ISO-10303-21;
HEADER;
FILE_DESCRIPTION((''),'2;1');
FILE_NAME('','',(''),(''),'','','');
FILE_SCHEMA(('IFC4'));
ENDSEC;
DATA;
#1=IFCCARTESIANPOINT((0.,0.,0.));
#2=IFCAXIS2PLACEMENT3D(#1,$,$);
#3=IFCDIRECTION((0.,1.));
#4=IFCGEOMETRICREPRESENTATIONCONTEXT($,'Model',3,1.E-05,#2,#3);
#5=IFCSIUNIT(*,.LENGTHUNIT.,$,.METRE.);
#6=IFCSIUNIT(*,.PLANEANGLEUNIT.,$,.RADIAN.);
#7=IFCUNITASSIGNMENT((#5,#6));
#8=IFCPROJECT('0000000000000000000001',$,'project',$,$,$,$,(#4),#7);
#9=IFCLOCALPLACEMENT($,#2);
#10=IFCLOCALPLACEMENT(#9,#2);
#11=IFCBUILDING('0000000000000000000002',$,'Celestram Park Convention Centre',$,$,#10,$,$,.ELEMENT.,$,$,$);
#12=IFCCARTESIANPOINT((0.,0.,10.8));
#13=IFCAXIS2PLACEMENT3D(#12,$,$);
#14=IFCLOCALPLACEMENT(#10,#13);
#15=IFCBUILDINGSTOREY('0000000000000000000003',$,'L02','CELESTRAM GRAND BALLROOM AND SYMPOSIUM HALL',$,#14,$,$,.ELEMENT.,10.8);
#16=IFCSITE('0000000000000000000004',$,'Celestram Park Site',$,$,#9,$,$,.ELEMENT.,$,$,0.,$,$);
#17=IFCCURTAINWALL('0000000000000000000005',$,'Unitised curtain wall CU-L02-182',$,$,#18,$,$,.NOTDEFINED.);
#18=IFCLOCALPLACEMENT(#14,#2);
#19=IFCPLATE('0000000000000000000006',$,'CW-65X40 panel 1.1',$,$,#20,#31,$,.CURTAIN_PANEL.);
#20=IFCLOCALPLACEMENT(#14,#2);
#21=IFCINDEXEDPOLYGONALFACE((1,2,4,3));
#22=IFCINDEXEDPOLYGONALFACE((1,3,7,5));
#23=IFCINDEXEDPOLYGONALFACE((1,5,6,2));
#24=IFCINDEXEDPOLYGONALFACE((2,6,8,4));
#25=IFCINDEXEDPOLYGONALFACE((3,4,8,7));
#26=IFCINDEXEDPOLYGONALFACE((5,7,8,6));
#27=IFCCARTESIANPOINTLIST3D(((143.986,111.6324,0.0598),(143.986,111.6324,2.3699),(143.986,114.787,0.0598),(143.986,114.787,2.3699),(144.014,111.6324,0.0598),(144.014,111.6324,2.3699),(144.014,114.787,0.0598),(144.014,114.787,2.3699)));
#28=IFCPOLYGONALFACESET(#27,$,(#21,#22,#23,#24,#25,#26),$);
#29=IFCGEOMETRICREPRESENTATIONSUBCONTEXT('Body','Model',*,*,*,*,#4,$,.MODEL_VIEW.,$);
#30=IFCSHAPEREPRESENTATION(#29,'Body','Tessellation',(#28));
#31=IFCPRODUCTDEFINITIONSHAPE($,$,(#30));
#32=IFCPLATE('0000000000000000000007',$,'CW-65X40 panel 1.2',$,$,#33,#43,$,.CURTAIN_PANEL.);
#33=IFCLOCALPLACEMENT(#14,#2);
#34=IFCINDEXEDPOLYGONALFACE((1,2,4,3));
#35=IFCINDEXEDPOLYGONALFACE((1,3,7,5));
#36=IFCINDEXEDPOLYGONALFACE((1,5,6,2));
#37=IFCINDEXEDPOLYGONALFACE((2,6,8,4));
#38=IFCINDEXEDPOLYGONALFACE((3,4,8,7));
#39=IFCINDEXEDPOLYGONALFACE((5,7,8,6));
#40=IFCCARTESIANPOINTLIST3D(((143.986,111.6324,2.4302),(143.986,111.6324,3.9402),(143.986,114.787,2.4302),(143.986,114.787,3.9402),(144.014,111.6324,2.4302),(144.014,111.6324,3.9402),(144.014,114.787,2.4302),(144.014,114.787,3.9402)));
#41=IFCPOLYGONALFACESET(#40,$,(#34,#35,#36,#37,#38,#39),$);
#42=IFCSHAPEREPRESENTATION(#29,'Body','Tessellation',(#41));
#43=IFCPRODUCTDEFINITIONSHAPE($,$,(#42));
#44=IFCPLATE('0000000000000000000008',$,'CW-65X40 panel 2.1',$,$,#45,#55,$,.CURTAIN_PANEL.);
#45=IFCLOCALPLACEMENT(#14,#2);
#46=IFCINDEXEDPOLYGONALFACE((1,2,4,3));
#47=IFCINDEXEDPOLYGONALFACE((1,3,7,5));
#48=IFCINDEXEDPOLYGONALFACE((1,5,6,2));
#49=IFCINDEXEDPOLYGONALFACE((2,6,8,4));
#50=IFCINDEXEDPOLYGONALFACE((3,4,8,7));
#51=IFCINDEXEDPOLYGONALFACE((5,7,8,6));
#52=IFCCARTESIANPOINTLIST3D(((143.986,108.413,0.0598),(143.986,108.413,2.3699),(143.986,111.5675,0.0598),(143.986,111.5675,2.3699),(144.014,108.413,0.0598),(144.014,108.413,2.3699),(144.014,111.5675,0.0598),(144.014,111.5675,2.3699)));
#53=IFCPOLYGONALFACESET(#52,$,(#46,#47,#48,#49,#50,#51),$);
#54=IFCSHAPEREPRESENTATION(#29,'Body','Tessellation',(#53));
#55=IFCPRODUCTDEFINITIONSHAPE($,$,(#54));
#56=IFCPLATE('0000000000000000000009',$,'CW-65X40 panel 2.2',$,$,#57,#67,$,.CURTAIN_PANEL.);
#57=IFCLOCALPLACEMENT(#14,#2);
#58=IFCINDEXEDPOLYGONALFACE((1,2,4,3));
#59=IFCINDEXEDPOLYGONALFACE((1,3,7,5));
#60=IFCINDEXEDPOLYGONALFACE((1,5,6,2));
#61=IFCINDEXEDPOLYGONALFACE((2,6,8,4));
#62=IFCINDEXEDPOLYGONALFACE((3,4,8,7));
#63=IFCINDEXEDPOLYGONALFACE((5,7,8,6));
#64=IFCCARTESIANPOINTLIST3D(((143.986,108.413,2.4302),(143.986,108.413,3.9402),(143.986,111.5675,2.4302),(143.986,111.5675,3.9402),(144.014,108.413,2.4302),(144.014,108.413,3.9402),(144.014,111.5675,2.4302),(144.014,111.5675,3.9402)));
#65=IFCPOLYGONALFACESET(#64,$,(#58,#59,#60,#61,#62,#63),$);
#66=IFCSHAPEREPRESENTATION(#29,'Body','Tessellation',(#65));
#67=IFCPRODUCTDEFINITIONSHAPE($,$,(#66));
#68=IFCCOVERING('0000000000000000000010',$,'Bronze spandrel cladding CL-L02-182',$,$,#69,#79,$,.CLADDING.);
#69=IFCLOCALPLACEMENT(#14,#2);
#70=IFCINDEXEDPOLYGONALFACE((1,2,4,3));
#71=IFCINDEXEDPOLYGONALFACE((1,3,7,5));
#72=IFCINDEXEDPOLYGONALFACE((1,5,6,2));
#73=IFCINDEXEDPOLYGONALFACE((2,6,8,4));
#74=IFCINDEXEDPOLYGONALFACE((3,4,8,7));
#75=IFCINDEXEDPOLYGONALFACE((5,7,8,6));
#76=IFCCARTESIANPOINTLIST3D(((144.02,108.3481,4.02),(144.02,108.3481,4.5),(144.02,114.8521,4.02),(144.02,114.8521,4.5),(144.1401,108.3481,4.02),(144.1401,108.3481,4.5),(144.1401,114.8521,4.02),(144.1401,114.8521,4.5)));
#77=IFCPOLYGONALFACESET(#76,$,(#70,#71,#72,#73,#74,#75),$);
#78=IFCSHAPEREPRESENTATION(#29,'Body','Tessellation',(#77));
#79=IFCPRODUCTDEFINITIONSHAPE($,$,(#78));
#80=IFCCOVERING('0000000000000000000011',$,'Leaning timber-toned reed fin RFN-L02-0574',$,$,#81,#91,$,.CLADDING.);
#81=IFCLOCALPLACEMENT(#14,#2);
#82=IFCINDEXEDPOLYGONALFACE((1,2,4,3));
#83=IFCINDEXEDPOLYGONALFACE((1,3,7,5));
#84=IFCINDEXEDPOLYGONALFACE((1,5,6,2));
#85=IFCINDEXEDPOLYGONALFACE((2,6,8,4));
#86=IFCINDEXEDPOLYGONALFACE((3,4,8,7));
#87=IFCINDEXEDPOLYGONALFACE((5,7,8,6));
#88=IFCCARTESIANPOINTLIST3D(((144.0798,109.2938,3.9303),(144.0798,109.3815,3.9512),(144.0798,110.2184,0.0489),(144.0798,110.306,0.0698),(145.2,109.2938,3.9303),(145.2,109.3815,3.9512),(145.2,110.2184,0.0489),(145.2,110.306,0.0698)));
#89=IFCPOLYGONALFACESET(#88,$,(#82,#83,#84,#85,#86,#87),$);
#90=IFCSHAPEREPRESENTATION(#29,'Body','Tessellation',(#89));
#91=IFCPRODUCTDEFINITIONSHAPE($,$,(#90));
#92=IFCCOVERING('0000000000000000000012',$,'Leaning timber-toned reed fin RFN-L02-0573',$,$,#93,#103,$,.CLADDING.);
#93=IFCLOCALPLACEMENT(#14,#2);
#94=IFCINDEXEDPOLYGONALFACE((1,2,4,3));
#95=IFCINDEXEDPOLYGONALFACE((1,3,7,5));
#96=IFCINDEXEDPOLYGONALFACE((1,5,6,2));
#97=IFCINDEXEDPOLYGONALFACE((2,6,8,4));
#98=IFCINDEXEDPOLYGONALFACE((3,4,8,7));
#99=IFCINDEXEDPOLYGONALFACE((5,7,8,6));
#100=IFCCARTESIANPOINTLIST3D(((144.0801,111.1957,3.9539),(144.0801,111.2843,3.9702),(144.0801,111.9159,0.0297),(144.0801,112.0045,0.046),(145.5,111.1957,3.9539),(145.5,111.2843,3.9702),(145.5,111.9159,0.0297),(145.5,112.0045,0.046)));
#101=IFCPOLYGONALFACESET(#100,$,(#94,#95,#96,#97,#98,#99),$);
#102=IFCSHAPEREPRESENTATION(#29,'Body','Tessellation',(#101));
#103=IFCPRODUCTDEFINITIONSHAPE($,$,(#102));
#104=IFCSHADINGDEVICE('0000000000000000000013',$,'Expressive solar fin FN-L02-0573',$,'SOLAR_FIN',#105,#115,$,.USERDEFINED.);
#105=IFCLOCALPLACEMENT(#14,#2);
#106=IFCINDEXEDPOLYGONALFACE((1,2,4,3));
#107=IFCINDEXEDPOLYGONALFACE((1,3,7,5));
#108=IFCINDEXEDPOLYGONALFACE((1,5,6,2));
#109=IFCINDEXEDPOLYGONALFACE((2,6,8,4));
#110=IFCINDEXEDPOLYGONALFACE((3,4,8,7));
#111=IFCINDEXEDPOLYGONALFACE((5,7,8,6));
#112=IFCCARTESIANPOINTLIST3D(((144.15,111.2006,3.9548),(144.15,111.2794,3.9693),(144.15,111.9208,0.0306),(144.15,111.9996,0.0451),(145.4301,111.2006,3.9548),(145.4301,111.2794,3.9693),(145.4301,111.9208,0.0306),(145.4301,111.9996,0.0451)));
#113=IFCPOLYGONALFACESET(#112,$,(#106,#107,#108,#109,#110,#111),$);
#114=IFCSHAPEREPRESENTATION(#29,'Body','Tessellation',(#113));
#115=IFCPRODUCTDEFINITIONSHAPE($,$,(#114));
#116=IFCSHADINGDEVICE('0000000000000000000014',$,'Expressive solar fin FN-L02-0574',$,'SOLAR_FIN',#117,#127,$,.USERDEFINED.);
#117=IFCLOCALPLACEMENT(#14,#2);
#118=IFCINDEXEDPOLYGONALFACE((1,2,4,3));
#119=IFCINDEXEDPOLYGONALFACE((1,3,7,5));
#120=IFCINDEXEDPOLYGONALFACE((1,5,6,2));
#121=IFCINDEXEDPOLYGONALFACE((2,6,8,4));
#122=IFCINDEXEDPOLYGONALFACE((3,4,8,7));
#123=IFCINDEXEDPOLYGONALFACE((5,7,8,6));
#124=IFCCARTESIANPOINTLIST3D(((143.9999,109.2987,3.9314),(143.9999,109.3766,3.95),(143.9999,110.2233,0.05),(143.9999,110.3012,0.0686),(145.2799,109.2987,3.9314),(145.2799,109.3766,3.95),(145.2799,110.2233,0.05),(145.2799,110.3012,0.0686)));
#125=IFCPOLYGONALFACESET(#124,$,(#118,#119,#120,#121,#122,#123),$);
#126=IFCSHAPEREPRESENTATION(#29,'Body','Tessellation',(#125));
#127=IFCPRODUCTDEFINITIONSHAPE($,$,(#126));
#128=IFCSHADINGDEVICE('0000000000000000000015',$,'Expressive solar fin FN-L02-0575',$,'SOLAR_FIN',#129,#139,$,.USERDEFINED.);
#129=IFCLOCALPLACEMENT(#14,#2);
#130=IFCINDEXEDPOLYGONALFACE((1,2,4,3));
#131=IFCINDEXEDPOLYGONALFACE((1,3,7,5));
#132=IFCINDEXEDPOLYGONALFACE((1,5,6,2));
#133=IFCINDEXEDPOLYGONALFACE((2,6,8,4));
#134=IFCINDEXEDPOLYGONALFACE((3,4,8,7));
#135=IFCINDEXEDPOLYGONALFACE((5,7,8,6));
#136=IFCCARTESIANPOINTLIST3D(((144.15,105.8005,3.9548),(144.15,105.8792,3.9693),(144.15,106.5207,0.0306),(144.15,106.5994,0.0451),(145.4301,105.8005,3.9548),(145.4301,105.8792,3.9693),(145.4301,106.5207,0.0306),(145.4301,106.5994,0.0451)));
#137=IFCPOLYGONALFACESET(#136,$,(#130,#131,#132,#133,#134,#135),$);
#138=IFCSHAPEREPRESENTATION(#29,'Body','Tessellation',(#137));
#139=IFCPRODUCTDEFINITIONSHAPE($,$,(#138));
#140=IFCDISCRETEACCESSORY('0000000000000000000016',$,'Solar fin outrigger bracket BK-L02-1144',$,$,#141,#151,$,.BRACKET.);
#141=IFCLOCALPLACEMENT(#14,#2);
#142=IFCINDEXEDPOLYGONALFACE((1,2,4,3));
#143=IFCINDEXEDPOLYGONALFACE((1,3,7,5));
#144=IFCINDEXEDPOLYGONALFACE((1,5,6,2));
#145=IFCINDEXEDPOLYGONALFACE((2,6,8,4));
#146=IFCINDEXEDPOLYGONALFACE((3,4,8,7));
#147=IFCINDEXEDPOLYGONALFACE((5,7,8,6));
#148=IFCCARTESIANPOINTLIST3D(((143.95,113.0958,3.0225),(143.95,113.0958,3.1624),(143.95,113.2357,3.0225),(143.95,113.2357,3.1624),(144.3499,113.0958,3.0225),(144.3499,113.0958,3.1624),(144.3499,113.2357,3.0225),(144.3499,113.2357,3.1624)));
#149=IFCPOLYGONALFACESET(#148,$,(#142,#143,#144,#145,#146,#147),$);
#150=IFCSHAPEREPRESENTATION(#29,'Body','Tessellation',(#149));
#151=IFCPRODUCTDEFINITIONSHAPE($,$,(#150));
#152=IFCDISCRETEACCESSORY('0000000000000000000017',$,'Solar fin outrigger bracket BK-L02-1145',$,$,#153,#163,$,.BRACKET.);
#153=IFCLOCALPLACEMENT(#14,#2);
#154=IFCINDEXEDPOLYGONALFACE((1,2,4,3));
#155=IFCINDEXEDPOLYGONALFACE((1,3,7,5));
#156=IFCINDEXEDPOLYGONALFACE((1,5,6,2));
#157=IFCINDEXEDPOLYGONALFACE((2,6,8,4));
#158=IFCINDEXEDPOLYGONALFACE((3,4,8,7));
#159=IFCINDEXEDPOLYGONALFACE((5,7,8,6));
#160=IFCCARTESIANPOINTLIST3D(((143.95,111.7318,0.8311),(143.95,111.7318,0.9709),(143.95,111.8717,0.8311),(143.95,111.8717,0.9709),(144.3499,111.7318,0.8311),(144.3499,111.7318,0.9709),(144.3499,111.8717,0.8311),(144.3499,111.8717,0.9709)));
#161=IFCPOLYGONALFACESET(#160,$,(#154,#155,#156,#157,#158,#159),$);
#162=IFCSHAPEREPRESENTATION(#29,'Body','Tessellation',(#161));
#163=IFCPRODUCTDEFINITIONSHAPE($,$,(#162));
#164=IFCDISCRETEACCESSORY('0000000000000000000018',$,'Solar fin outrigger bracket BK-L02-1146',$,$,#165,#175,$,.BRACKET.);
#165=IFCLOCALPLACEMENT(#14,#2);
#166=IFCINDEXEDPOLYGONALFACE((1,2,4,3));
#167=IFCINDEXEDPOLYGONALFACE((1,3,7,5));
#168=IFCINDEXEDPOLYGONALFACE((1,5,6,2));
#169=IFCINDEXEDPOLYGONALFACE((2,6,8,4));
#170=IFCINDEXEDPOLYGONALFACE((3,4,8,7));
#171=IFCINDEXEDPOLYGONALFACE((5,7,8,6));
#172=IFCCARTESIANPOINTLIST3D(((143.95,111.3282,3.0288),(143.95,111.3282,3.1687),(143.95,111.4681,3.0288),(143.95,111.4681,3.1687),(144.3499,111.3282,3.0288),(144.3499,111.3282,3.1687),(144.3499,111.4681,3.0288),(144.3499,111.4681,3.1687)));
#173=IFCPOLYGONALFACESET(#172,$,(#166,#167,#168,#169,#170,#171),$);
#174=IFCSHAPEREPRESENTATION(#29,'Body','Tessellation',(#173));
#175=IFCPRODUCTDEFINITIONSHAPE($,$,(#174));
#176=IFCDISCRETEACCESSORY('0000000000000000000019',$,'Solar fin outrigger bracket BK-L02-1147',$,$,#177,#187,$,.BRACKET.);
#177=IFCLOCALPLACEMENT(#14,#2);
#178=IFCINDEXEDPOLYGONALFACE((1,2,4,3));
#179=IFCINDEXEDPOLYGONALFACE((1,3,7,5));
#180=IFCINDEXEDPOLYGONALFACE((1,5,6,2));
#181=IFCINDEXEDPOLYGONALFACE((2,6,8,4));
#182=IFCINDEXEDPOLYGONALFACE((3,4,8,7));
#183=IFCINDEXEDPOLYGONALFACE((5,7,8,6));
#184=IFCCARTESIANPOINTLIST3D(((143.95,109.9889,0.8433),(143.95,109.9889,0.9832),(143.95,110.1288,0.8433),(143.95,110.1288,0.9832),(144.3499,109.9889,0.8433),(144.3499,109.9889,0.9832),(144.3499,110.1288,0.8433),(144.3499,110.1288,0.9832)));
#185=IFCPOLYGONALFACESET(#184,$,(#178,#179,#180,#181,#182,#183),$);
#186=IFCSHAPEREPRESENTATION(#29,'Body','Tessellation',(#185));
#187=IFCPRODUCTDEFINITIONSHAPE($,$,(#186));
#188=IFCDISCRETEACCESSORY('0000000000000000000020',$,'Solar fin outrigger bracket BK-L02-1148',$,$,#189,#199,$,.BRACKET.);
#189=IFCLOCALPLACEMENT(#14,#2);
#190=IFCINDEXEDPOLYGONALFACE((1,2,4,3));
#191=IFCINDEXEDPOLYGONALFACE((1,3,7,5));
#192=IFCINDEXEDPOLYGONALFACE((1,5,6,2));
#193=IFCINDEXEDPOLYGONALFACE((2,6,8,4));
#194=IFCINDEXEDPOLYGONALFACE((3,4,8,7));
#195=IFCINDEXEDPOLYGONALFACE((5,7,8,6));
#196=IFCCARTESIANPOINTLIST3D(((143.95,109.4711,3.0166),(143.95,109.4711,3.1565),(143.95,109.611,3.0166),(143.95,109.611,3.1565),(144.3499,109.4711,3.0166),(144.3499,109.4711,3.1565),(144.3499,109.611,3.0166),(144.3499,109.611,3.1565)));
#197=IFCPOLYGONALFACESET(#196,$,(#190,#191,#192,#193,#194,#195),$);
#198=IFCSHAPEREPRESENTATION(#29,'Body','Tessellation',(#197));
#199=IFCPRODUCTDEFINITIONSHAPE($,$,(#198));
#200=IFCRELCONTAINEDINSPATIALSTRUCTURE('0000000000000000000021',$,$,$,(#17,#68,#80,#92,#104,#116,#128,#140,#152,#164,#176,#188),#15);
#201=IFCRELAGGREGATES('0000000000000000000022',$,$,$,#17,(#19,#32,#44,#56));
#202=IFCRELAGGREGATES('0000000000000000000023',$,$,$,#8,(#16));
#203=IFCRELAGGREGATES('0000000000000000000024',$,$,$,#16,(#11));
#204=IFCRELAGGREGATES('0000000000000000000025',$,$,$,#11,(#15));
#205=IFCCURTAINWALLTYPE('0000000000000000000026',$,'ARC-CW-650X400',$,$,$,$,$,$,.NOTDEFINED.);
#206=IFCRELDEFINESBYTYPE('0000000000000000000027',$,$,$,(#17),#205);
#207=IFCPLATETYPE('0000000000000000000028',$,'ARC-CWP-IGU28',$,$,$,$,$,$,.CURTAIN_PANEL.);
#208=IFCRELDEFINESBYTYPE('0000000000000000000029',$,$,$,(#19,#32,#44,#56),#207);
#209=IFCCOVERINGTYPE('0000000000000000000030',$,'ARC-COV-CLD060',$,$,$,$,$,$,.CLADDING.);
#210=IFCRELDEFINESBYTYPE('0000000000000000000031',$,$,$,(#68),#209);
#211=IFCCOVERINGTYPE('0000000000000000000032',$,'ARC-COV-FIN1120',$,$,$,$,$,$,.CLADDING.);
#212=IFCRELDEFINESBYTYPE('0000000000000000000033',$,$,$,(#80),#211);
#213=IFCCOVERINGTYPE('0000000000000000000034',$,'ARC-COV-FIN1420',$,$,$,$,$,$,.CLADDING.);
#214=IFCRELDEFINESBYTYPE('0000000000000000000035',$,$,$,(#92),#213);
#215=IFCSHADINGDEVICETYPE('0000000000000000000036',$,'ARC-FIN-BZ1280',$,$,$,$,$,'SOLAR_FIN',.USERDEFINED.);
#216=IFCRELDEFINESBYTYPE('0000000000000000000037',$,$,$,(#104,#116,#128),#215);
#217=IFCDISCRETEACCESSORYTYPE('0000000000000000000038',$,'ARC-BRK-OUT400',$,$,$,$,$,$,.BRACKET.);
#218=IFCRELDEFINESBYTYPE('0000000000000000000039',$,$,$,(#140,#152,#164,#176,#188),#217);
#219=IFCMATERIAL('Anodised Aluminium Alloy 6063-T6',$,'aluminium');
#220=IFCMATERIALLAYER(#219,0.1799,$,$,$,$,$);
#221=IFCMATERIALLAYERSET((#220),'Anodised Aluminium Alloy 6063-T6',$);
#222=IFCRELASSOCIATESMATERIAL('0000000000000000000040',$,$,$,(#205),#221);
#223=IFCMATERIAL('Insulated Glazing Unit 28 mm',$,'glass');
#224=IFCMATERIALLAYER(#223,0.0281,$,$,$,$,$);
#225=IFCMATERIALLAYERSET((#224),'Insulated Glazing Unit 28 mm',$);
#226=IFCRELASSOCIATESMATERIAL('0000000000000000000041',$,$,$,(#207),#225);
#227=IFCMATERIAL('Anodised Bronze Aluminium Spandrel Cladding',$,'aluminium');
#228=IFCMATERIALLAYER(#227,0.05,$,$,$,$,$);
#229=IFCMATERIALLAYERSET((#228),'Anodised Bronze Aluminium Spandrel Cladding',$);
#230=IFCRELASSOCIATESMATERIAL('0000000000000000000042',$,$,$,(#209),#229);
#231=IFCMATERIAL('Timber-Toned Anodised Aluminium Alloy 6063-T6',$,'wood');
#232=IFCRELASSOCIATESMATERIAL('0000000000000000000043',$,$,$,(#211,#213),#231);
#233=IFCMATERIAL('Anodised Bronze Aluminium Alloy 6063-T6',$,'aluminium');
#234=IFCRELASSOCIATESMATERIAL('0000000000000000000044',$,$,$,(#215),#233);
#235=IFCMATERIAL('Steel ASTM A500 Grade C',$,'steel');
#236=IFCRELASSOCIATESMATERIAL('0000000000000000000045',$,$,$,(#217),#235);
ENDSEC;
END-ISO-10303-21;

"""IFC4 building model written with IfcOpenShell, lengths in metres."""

from ifc_helpers import new_model, si_unit, direction, frame, origin, origin_2d, place, context, subcontext, project, spatial, rectangle, extrude, material, layer, layer_set, material_profile, profile_set, type_object, element, aggregate, save


model = new_model("IFC4")

# Units and contexts
model_context = context("Model", 3, precision=1e-05, world=origin(), true_north=direction((0.0, 1.0)))
body_context = subcontext(model_context, "Body", "Model", "MODEL_VIEW")
ifc_project = project(units=[si_unit("LENGTHUNIT", "METRE"), si_unit("PLANEANGLEUNIT", "RADIAN")], contexts=[model_context])

# Site, building, storey
site_placement = place(None, origin())
site = spatial("IfcSite", under=ifc_project, at=site_placement, Name="Celestram Park Site", CompositionType="ELEMENT", RefElevation=0.0)
building_placement = place(site_placement, origin())
building = spatial("IfcBuilding", under=site, at=building_placement, Name="Celestram Park Convention Centre", CompositionType="ELEMENT")
storey_placement = place(building_placement, frame((0.0, 0.0, 10.8)))
storey = spatial("IfcBuildingStorey", under=building, at=storey_placement, Name="L02", Description="CELESTRAM GRAND BALLROOM AND SYMPOSIUM HALL", CompositionType="ELEMENT", Elevation=10.8)

# Curtain wall
ifc_material_1 = material(Name="Anodised Aluminium Alloy 6063-T6", Category="aluminium")
ifc_layer_1 = layer(ifc_material_1, 0.1799)
ifc_layer_set_1 = layer_set([ifc_layer_1], Name="Anodised Aluminium Alloy 6063-T6")
curtain_wall_type = type_object("IfcCurtainWallType", Name="ARC-CW-650X400", PredefinedType="NOTDEFINED", material=ifc_layer_set_1)
curtain_wall_1_placement = place(storey_placement, origin())
curtain_wall_1 = element("IfcCurtainWall", 1, at=curtain_wall_1_placement, inside=storey, type_object=curtain_wall_type, Name="Unitised curtain wall CU-L02-182", PredefinedType="NOTDEFINED")

# Shared definitions
ifc_material_2 = material(Name="Steel ASTM A500 Grade C", Category="steel")

# Plates
ifc_material_3 = material(Name="Insulated Glazing Unit 28 mm", Category="glass")
ifc_layer_2 = layer(ifc_material_3, 0.0281)
ifc_layer_set_2 = layer_set([ifc_layer_2], Name="Insulated Glazing Unit 28 mm")
plate_type = type_object("IfcPlateType", Name="ARC-CWP-IGU28", PredefinedType="CURTAIN_PANEL", material=ifc_layer_set_2)
plate_1_placement = place(storey_placement, frame((144.0, 113.2097, 0.0598), z_axis=(0.0, 0.0, 1.0), x_axis=(0.0, -1.0, 0.0)))
plate_1 = element("IfcPlate", 2, at=plate_1_placement, type_object=plate_type, Name="CW-65X40 panel 1.1", PredefinedType="CURTAIN_PANEL", context=body_context, shape_type="SweptSolid", body=[
    extrude(rectangle(XDim=3.1545, YDim=0.0281, at=origin_2d()), origin(), (0.0, 0.0, 1.0), 2.3101),
])
plate_2_placement = place(storey_placement, frame((144.0, 113.2097, 2.4302), z_axis=(0.0, 0.0, 1.0), x_axis=(0.0, -1.0, 0.0)))
plate_2 = element("IfcPlate", 3, at=plate_2_placement, type_object=plate_type, Name="CW-65X40 panel 1.2", PredefinedType="CURTAIN_PANEL", context=body_context, shape_type="SweptSolid", body=[
    extrude(rectangle(XDim=3.1545, YDim=0.0281, at=origin_2d()), origin(), (0.0, 0.0, 1.0), 1.51),
])
plate_3_placement = place(storey_placement, frame((144.0, 109.9902, 0.0598), z_axis=(0.0, 0.0, 1.0), x_axis=(0.0, -1.0, 0.0)))
plate_3 = element("IfcPlate", 4, at=plate_3_placement, type_object=plate_type, Name="CW-65X40 panel 2.1", PredefinedType="CURTAIN_PANEL", context=body_context, shape_type="SweptSolid", body=[
    extrude(rectangle(XDim=3.1545, YDim=0.0281, at=origin_2d()), origin(), (0.0, 0.0, 1.0), 2.3101),
])
plate_4_placement = place(storey_placement, frame((144.0, 109.9902, 2.4302), z_axis=(0.0, 0.0, 1.0), x_axis=(0.0, -1.0, 0.0)))
plate_4 = element("IfcPlate", 5, at=plate_4_placement, type_object=plate_type, Name="CW-65X40 panel 2.2", PredefinedType="CURTAIN_PANEL", context=body_context, shape_type="SweptSolid", body=[
    extrude(rectangle(XDim=3.1545, YDim=0.0281, at=origin_2d()), origin(), (0.0, 0.0, 1.0), 1.51),
])
aggregate(curtain_wall_1, [plate_1, plate_2, plate_3, plate_4])

# Coverings
ifc_material_4 = material(Name="Anodised Bronze Aluminium Spandrel Cladding", Category="aluminium")
ifc_layer_3 = layer(ifc_material_4, 0.05)
ifc_layer_set_3 = layer_set([ifc_layer_3], Name="Anodised Bronze Aluminium Spandrel Cladding")
covering_type_1 = type_object("IfcCoveringType", Name="ARC-COV-CLD060", PredefinedType="CLADDING", material=ifc_layer_set_3)
covering_1_placement = place(storey_placement, frame((144.0801, 111.6001, 4.02), z_axis=(0.0, 0.0, 1.0), x_axis=(0.0, -1.0, 0.0)))
element("IfcCovering", 6, at=covering_1_placement, inside=storey, type_object=covering_type_1, Name="Bronze spandrel cladding CL-L02-182", PredefinedType="CLADDING", context=body_context, shape_type="SweptSolid", body=[
    extrude(rectangle(XDim=6.5039, YDim=0.1201, at=origin_2d()), origin(), (0.0, 0.0, 1.0), 0.48),
])
ifc_material_5 = material(Name="Timber-Toned Anodised Aluminium Alloy 6063-T6", Category="wood")
ifc_material_profile_1 = material_profile(ifc_material_5, rectangle(XDim=1.1201, YDim=0.0901, at=origin_2d()), Name="REED1120X90")
ifc_profile_set_1 = profile_set([ifc_material_profile_1], Name="Timber-Toned Anodised Aluminium Alloy 6063-T6")
covering_type_2 = type_object("IfcCoveringType", Name="ARC-COV-FIN1120", PredefinedType="CLADDING", material=ifc_profile_set_1)
covering_2_placement = place(storey_placement, frame((144.6399, 110.2622, 0.0593), z_axis=(0.0, -0.231723, 0.972782), x_axis=(1.0, 0.0, 0.0)))
element("IfcCovering", 7, at=covering_2_placement, inside=storey, type_object=covering_type_2, Name="Leaning timber-toned reed fin RFN-L02-0574", PredefinedType="CLADDING", context=body_context, shape_type="SweptSolid", body=[
    extrude(rectangle(XDim=1.1201, YDim=0.0901, at=origin_2d()), origin(), (0.0, 0.0, 1.0), 3.99),
])
ifc_material_profile_2 = material_profile(ifc_material_5, rectangle(XDim=1.4199, YDim=0.0901, at=origin_2d()), Name="REED1420X90")
ifc_profile_set_2 = profile_set([ifc_material_profile_2], Name="Timber-Toned Anodised Aluminium Alloy 6063-T6")
covering_type_3 = type_object("IfcCoveringType", Name="ARC-COV-FIN1420", PredefinedType="CLADDING", material=ifc_profile_set_2)
covering_3_placement = place(storey_placement, frame((144.79, 111.9602, 0.0378), z_axis=(0.0, -0.180511, 0.983573), x_axis=(1.0, 0.0, 0.0)))
element("IfcCovering", 8, at=covering_3_placement, inside=storey, type_object=covering_type_3, Name="Leaning timber-toned reed fin RFN-L02-0573", PredefinedType="CLADDING", context=body_context, shape_type="SweptSolid", body=[
    extrude(rectangle(XDim=1.4199, YDim=0.0901, at=origin_2d()), origin(), (0.0, 0.0, 1.0), 3.9897),
])

# Shading devices
ifc_material_6 = material(Name="Anodised Bronze Aluminium Alloy 6063-T6", Category="aluminium")
ifc_material_profile_3 = material_profile(ifc_material_6, rectangle(XDim=1.28, YDim=0.0801, at=origin_2d()), Name="FIN1280X80")
ifc_profile_set_3 = profile_set([ifc_material_profile_3], Name="Anodised Bronze Aluminium Alloy 6063-T6")
shading_device_type = type_object("IfcShadingDeviceType", Name="ARC-FIN-BZ1280", ElementType="SOLAR_FIN", PredefinedType="USERDEFINED", material=ifc_profile_set_3)
shading_device_1_placement = place(storey_placement, frame((144.79, 111.9602, 0.0378), z_axis=(0.0, -0.180511, 0.983573), x_axis=(1.0, 0.0, 0.0)))
element("IfcShadingDevice", 9, at=shading_device_1_placement, inside=storey, type_object=shading_device_type, Name="Expressive solar fin FN-L02-0573", ObjectType="SOLAR_FIN", PredefinedType="USERDEFINED", context=body_context, shape_type="SweptSolid", body=[
    extrude(rectangle(XDim=1.28, YDim=0.0801, at=origin_2d()), origin(), (0.0, 0.0, 1.0), 3.9897),
])
shading_device_2_placement = place(storey_placement, frame((144.6399, 110.2622, 0.0593), z_axis=(0.0, -0.231723, 0.972782), x_axis=(1.0, 0.0, 0.0)))
element("IfcShadingDevice", 10, at=shading_device_2_placement, inside=storey, type_object=shading_device_type, Name="Expressive solar fin FN-L02-0574", ObjectType="SOLAR_FIN", PredefinedType="USERDEFINED", context=body_context, shape_type="SweptSolid", body=[
    extrude(rectangle(XDim=1.28, YDim=0.0801, at=origin_2d()), origin(), (0.0, 0.0, 1.0), 3.99),
])
shading_device_3_placement = place(storey_placement, frame((144.79, 106.5601, 0.0378), z_axis=(0.0, -0.180511, 0.983573), x_axis=(1.0, 0.0, 0.0)))
element("IfcShadingDevice", 11, at=shading_device_3_placement, inside=storey, type_object=shading_device_type, Name="Expressive solar fin FN-L02-0575", ObjectType="SOLAR_FIN", PredefinedType="USERDEFINED", context=body_context, shape_type="SweptSolid", body=[
    extrude(rectangle(XDim=1.28, YDim=0.0801, at=origin_2d()), origin(), (0.0, 0.0, 1.0), 3.9897),
])

# Discrete accessories
discrete_accessory_type = type_object("IfcDiscreteAccessoryType", Name="ARC-BRK-OUT400", PredefinedType="BRACKET", material=ifc_material_2)
for number, where, z_axis, x_axis, name in (
    (12, (144.1499, 113.1658, 3.0225), (0.0, 0.0, 1.0), (1.0, 0.0, 0.0), "Solar fin outrigger bracket BK-L02-1144"),
    (13, (144.1499, 111.8018, 0.8311), (0.0, 0.0, 1.0), (1.0, 0.0, 0.0), "Solar fin outrigger bracket BK-L02-1145"),
    (14, (144.1499, 111.3982, 3.0288), (0.0, 0.0, 1.0), (1.0, 0.0, 0.0), "Solar fin outrigger bracket BK-L02-1146"),
    (15, (144.1499, 110.0588, 0.8433), (0.0, 0.0, 1.0), (1.0, 0.0, 0.0), "Solar fin outrigger bracket BK-L02-1147"),
    (16, (144.1499, 109.541, 3.0166), (0.0, 0.0, 1.0), (1.0, 0.0, 0.0), "Solar fin outrigger bracket BK-L02-1148"),
):
    element("IfcDiscreteAccessory", number, at=place(storey_placement, frame(where, z_axis=z_axis, x_axis=x_axis)), inside=storey, type_object=discrete_accessory_type, Name=name, PredefinedType="BRACKET", context=body_context, shape_type="SweptSolid", body=[
        extrude(rectangle(XDim=0.3999, YDim=0.1399, at=origin_2d()), origin(), (0.0, 0.0, 1.0), 0.1399),
    ])

save(model, "model.ifc")
